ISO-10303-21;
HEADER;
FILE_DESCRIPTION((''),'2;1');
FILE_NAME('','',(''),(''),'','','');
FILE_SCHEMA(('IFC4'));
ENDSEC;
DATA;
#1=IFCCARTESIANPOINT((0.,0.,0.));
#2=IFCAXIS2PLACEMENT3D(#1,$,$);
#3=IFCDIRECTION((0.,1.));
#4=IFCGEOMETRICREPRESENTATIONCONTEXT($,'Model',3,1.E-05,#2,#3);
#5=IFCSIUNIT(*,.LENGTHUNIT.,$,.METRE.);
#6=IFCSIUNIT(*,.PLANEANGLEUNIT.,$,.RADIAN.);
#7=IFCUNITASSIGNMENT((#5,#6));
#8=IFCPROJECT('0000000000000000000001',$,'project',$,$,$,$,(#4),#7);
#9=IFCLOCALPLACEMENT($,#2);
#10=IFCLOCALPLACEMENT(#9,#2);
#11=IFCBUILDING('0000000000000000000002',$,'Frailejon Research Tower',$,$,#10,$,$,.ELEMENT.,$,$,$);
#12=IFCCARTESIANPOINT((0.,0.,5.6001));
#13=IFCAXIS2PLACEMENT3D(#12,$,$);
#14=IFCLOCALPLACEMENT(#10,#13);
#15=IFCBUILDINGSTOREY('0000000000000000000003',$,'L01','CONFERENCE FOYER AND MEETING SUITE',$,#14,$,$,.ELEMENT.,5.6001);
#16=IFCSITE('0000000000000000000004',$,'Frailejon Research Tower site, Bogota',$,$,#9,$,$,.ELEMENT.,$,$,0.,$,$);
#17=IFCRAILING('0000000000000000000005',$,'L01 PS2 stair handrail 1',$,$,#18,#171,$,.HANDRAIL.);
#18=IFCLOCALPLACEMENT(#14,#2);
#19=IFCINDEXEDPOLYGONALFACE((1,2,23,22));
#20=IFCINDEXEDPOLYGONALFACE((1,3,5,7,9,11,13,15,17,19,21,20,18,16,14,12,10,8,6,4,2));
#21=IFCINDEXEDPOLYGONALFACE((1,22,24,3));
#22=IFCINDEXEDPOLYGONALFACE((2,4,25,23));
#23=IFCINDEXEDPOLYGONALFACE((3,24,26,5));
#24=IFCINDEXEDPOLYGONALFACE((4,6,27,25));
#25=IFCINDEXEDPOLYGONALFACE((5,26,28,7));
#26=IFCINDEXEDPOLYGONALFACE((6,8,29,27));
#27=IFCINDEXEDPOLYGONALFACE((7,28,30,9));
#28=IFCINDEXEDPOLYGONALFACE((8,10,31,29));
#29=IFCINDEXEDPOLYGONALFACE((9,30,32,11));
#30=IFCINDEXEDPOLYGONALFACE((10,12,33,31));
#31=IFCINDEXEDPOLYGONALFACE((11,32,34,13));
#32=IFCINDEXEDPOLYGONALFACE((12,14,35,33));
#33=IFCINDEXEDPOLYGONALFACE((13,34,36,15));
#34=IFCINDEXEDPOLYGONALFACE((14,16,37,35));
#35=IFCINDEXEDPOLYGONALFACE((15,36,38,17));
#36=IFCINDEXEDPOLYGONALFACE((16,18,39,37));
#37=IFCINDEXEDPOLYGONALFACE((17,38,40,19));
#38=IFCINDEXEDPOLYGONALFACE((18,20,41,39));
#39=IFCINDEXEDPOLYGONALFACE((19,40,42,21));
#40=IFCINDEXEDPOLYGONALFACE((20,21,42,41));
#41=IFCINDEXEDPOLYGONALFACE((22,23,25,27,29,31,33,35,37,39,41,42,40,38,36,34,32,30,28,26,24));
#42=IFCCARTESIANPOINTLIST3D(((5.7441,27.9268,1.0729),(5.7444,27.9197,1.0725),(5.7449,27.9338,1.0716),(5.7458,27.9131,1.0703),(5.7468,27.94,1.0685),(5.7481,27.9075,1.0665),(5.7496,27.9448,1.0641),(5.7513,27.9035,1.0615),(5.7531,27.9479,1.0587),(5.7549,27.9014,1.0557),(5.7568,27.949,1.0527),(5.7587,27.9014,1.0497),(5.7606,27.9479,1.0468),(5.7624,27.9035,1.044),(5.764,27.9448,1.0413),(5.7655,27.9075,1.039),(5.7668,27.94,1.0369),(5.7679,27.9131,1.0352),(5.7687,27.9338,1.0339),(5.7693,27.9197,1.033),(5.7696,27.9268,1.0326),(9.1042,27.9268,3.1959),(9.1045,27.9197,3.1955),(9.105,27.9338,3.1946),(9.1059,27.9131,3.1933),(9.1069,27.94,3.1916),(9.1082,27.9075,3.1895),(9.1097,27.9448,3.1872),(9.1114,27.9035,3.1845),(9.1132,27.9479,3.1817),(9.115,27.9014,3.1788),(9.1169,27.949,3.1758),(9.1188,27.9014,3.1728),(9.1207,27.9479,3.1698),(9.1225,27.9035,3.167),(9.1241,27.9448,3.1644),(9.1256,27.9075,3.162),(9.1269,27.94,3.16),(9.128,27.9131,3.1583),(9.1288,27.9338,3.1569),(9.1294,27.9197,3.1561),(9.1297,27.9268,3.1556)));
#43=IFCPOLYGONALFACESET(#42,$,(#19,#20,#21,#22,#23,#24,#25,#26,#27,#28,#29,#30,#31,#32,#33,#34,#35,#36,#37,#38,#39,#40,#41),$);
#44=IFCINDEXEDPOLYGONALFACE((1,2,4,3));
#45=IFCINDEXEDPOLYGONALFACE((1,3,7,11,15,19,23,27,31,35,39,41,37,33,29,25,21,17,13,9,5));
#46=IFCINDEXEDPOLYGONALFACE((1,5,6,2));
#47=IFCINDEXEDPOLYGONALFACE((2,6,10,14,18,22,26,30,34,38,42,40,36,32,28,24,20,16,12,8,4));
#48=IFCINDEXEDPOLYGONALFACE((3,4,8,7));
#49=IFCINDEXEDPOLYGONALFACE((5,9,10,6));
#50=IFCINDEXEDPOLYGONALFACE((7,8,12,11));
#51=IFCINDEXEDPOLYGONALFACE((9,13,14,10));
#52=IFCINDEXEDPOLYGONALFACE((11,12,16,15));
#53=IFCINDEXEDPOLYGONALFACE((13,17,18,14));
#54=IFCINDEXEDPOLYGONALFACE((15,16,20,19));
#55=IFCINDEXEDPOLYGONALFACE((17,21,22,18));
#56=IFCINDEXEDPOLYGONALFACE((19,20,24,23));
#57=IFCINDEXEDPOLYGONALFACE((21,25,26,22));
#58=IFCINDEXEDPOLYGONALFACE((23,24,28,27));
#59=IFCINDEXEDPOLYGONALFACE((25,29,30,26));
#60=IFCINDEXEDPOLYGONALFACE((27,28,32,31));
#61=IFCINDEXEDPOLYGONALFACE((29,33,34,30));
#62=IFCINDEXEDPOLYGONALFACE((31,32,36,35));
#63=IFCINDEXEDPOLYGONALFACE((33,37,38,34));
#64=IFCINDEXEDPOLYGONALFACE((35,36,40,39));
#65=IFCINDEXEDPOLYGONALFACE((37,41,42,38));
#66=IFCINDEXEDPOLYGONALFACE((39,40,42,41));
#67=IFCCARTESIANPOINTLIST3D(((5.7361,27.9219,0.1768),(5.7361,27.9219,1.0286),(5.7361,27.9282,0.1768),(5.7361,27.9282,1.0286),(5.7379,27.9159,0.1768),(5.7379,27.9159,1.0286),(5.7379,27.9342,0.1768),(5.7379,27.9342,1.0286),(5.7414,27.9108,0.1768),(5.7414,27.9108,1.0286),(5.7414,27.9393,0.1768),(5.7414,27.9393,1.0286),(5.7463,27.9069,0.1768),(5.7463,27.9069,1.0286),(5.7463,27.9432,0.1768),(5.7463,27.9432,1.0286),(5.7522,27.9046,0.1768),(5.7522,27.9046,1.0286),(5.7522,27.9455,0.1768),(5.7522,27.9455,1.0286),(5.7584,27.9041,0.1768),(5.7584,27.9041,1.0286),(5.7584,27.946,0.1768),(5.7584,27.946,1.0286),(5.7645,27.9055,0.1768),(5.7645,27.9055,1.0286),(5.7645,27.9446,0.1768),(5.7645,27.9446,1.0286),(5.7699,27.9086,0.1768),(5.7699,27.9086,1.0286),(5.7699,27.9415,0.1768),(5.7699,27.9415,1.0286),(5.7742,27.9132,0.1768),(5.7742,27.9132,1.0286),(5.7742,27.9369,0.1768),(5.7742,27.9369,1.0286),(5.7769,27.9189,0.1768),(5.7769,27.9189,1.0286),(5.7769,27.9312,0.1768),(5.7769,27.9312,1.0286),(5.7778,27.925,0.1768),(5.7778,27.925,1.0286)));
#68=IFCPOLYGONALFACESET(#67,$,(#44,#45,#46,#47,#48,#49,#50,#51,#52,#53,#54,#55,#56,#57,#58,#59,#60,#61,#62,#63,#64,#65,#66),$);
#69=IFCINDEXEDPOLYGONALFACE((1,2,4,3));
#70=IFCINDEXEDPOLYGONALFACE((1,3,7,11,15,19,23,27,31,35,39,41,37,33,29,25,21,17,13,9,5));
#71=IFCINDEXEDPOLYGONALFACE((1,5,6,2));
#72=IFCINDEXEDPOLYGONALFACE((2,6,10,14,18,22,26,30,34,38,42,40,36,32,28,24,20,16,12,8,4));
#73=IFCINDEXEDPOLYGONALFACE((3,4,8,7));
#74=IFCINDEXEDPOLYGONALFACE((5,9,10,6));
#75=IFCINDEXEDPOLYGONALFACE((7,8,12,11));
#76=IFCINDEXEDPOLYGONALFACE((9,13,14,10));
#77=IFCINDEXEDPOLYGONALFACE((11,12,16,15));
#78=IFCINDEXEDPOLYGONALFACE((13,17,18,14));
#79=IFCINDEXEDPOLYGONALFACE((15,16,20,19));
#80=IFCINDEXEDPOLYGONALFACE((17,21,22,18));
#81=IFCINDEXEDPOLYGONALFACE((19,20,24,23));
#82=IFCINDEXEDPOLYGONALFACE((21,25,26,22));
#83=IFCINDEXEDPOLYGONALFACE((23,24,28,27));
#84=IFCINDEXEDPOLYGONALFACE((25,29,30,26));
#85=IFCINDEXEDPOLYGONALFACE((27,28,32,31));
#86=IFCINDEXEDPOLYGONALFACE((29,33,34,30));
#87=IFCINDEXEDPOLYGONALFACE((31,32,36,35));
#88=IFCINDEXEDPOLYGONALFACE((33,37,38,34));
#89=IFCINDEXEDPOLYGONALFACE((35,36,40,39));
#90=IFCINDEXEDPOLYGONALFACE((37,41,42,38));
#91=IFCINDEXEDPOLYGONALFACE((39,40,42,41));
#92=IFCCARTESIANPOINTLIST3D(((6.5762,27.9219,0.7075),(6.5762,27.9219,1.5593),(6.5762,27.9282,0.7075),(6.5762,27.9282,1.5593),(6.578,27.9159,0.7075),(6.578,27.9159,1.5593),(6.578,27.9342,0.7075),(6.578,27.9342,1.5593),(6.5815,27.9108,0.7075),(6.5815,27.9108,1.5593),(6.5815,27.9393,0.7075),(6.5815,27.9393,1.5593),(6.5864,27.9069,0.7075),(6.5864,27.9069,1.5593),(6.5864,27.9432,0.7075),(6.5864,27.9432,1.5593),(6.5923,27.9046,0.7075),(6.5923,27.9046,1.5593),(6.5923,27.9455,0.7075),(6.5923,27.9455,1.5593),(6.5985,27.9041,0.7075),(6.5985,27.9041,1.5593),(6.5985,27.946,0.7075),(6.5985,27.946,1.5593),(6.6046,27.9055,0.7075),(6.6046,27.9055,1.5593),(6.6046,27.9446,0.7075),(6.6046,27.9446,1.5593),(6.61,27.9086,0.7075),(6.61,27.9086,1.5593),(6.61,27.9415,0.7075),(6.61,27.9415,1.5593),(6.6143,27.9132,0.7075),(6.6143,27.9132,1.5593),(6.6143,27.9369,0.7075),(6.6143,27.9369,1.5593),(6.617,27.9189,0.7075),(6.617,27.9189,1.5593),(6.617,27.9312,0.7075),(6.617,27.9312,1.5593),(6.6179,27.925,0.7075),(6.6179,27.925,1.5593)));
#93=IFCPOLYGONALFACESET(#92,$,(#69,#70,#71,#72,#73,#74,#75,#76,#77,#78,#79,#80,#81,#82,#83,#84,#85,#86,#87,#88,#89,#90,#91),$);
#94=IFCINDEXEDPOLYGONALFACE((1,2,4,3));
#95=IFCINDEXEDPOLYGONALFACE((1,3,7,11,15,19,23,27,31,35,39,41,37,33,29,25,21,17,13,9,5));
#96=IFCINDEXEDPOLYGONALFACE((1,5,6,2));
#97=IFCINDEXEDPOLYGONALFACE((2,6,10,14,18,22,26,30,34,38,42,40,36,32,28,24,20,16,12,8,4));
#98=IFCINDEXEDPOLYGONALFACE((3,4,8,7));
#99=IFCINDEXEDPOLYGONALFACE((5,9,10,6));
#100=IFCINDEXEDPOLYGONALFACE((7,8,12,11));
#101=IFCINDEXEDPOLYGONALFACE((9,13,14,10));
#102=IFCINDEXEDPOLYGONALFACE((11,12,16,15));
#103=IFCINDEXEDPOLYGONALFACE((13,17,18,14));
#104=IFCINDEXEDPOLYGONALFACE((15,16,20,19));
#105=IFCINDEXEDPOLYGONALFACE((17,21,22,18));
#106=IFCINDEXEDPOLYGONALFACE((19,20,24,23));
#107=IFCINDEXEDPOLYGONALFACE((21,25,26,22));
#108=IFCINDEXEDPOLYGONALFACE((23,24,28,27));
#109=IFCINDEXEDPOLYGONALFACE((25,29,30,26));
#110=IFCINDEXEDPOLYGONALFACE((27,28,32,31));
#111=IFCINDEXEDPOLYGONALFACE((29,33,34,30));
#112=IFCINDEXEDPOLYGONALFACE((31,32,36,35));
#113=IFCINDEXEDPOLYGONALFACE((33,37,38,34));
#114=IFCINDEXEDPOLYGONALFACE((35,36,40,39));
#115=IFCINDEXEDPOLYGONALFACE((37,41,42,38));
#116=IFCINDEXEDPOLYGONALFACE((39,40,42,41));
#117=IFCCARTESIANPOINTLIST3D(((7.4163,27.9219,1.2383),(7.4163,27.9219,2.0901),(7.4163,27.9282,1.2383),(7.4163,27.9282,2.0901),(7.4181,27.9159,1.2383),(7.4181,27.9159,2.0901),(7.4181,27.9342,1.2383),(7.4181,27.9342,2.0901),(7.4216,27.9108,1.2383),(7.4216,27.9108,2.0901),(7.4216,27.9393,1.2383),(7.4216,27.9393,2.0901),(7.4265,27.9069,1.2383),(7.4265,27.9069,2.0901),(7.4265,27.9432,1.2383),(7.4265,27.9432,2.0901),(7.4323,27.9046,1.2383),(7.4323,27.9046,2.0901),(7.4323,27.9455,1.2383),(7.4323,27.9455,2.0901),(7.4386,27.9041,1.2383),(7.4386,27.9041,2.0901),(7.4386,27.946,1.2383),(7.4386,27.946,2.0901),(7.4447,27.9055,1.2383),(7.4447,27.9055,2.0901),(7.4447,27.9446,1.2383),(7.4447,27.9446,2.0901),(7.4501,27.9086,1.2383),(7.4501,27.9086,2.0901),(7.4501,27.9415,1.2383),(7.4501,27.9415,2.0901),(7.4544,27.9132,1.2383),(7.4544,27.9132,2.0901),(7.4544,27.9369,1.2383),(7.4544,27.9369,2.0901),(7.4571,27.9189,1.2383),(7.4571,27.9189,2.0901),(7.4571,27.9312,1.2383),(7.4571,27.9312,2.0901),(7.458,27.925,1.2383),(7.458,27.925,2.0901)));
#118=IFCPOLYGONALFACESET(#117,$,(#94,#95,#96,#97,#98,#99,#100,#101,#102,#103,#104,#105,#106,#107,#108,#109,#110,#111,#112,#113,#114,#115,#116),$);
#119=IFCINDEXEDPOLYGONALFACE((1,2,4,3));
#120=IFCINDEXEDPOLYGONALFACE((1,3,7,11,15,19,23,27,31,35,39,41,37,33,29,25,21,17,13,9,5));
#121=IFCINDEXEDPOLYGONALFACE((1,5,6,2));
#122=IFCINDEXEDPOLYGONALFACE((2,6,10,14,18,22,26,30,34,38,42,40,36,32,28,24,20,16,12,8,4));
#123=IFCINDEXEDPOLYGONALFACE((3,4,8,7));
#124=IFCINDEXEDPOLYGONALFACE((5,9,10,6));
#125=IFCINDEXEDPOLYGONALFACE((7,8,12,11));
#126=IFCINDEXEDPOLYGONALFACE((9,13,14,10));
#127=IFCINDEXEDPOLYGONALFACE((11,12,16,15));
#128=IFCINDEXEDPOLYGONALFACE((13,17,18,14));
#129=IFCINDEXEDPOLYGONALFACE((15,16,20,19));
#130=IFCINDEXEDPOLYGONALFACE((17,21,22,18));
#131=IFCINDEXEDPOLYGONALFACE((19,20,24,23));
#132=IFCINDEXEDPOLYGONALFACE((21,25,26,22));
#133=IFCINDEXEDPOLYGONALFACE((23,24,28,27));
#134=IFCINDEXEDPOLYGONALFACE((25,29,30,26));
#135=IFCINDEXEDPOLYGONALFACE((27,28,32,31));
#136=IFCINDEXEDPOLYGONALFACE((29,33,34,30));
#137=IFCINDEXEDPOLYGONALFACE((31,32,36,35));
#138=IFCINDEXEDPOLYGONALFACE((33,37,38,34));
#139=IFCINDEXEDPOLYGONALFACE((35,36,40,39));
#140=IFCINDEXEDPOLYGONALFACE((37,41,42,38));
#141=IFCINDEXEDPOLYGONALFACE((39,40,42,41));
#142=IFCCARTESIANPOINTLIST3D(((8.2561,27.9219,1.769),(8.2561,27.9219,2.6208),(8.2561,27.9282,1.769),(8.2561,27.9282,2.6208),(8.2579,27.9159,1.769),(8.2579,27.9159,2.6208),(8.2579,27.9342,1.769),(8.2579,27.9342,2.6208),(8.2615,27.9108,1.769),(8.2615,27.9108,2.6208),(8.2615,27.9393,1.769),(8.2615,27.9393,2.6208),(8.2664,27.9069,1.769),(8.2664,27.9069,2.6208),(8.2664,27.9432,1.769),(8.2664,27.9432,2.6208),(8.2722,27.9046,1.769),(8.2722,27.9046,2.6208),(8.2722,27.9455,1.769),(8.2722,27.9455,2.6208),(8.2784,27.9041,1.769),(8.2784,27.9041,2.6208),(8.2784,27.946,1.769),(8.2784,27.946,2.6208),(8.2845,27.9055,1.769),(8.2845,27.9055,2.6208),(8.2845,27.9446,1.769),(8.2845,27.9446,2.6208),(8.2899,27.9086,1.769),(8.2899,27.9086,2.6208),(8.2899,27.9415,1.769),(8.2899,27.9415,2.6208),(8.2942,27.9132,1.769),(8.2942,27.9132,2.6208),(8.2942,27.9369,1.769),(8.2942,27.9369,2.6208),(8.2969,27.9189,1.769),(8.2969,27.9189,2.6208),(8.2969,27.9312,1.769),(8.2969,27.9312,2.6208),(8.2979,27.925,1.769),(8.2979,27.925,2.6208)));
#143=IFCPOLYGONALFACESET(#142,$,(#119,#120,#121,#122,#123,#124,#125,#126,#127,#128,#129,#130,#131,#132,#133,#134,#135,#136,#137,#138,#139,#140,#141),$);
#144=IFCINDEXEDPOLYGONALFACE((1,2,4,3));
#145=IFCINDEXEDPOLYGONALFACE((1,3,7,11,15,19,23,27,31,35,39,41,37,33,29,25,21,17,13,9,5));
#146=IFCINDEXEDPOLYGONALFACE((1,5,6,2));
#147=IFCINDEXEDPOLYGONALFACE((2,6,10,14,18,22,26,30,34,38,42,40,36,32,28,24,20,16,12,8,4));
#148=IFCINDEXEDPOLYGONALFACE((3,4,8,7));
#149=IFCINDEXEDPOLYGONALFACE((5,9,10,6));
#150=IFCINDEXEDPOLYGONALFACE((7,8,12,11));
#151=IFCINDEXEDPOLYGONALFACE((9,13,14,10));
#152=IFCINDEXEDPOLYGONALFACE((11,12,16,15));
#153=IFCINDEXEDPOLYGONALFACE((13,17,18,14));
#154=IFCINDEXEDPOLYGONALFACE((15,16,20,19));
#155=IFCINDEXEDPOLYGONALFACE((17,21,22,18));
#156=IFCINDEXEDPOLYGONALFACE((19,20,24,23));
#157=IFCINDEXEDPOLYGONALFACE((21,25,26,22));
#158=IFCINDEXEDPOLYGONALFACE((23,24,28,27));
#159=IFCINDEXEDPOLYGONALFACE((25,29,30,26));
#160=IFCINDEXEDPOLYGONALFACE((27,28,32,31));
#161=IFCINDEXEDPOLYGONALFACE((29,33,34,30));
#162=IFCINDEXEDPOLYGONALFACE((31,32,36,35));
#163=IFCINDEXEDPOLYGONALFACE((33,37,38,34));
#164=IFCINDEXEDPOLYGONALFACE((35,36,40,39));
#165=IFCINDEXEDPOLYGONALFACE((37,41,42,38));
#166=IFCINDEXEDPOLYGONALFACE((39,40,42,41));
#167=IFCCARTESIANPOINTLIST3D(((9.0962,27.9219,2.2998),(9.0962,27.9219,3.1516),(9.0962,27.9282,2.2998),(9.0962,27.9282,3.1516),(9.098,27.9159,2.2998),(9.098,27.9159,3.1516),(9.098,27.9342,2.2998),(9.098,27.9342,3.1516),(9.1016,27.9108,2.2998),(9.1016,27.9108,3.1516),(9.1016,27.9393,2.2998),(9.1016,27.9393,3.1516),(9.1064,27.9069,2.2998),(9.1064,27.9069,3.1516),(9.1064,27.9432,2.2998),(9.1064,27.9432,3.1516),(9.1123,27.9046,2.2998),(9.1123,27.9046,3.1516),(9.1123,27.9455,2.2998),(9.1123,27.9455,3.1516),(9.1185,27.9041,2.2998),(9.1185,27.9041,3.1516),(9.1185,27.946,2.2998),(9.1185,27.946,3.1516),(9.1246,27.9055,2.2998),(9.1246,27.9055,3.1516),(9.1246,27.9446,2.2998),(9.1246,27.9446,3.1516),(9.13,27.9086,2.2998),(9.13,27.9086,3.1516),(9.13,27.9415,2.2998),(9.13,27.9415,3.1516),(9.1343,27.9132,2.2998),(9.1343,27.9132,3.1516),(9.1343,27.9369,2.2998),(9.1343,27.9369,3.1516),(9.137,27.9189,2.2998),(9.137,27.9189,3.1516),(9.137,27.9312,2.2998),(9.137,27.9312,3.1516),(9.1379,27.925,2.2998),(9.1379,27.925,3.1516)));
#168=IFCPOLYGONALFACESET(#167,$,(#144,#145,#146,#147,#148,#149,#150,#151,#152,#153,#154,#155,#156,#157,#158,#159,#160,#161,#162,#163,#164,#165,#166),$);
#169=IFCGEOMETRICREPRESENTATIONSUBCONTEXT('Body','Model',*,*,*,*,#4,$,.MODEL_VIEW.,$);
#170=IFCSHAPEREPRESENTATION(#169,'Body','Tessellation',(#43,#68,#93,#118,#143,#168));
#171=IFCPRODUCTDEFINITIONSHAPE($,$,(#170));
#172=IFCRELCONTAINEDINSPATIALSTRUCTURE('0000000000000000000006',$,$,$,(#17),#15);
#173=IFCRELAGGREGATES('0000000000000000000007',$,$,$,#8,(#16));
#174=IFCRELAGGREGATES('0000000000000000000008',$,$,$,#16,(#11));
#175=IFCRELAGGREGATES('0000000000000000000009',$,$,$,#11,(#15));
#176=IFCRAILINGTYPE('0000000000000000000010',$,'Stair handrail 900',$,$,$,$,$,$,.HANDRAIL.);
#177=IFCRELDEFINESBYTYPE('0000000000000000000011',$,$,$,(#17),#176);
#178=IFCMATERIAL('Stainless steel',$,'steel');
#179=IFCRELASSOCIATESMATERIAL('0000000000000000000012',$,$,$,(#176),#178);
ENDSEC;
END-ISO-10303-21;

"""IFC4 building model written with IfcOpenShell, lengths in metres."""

from ifc_helpers import new_model, si_unit, direction, frame, origin, origin_2d, place, context, subcontext, project, spatial, circle, extrude, material, type_object, element, save


model = new_model("IFC4")

# Units and contexts
model_context = context("Model", 3, precision=1e-05, world=origin(), true_north=direction((0.0, 1.0)))
body_context = subcontext(model_context, "Body", "Model", "MODEL_VIEW")
ifc_project = project(units=[si_unit("LENGTHUNIT", "METRE"), si_unit("PLANEANGLEUNIT", "RADIAN")], contexts=[model_context])

# Site, building, storey
site_placement = place(None, origin())
site = spatial("IfcSite", under=ifc_project, at=site_placement, Name="Frailejon Research Tower site, Bogota", CompositionType="ELEMENT", RefElevation=0.0)
building_placement = place(site_placement, origin())
building = spatial("IfcBuilding", under=site, at=building_placement, Name="Frailejon Research Tower", CompositionType="ELEMENT")
storey_placement = place(building_placement, frame((0.0, 0.0, 5.6001)))
storey = spatial("IfcBuildingStorey", under=building, at=storey_placement, Name="L01", Description="CONFERENCE FOYER AND MEETING SUITE", CompositionType="ELEMENT", Elevation=5.6001)

# Railing
ifc_material_1 = material(Name="Stainless steel", Category="steel")
railing_type_1 = type_object("IfcRailingType", Name="Stair handrail 900", PredefinedType="HANDRAIL", material=ifc_material_1)
railing_1_placement = place(storey_placement, frame((5.7568, 27.925, 0.1768)))
element("IfcRailing", 1, at=railing_1_placement, inside=storey, type_object=railing_type_1, Name="L01 PS2 stair handrail 1", PredefinedType="HANDRAIL", context=body_context, shape_type="SweptSolid", body=[
    extrude(circle(Radius=0.0239, at=origin_2d()), frame((0.0, 0.0, 0.876), z_axis=(0.84539, 0.0, 0.53415), x_axis=(0.0, 1.0, 0.0)), (0.0, 0.0, 1.0), 3.9746),
    extrude(circle(Radius=0.021, at=origin_2d()), origin(), (0.0, 0.0, 1.0), 0.8518),
    extrude(circle(Radius=0.021, at=origin_2d()), frame((0.8401, 0.0, 0.5308)), (0.0, 0.0, 1.0), 0.8518),
    extrude(circle(Radius=0.021, at=origin_2d()), frame((1.6802, 0.0, 1.0615)), (0.0, 0.0, 1.0), 0.8518),
    extrude(circle(Radius=0.021, at=origin_2d()), frame((2.52, 0.0, 1.5923)), (0.0, 0.0, 1.0), 0.8518),
    extrude(circle(Radius=0.021, at=origin_2d()), frame((3.3601, 0.0, 2.123)), (0.0, 0.0, 1.0), 0.8518),
])

save(model, "model.ifc")
